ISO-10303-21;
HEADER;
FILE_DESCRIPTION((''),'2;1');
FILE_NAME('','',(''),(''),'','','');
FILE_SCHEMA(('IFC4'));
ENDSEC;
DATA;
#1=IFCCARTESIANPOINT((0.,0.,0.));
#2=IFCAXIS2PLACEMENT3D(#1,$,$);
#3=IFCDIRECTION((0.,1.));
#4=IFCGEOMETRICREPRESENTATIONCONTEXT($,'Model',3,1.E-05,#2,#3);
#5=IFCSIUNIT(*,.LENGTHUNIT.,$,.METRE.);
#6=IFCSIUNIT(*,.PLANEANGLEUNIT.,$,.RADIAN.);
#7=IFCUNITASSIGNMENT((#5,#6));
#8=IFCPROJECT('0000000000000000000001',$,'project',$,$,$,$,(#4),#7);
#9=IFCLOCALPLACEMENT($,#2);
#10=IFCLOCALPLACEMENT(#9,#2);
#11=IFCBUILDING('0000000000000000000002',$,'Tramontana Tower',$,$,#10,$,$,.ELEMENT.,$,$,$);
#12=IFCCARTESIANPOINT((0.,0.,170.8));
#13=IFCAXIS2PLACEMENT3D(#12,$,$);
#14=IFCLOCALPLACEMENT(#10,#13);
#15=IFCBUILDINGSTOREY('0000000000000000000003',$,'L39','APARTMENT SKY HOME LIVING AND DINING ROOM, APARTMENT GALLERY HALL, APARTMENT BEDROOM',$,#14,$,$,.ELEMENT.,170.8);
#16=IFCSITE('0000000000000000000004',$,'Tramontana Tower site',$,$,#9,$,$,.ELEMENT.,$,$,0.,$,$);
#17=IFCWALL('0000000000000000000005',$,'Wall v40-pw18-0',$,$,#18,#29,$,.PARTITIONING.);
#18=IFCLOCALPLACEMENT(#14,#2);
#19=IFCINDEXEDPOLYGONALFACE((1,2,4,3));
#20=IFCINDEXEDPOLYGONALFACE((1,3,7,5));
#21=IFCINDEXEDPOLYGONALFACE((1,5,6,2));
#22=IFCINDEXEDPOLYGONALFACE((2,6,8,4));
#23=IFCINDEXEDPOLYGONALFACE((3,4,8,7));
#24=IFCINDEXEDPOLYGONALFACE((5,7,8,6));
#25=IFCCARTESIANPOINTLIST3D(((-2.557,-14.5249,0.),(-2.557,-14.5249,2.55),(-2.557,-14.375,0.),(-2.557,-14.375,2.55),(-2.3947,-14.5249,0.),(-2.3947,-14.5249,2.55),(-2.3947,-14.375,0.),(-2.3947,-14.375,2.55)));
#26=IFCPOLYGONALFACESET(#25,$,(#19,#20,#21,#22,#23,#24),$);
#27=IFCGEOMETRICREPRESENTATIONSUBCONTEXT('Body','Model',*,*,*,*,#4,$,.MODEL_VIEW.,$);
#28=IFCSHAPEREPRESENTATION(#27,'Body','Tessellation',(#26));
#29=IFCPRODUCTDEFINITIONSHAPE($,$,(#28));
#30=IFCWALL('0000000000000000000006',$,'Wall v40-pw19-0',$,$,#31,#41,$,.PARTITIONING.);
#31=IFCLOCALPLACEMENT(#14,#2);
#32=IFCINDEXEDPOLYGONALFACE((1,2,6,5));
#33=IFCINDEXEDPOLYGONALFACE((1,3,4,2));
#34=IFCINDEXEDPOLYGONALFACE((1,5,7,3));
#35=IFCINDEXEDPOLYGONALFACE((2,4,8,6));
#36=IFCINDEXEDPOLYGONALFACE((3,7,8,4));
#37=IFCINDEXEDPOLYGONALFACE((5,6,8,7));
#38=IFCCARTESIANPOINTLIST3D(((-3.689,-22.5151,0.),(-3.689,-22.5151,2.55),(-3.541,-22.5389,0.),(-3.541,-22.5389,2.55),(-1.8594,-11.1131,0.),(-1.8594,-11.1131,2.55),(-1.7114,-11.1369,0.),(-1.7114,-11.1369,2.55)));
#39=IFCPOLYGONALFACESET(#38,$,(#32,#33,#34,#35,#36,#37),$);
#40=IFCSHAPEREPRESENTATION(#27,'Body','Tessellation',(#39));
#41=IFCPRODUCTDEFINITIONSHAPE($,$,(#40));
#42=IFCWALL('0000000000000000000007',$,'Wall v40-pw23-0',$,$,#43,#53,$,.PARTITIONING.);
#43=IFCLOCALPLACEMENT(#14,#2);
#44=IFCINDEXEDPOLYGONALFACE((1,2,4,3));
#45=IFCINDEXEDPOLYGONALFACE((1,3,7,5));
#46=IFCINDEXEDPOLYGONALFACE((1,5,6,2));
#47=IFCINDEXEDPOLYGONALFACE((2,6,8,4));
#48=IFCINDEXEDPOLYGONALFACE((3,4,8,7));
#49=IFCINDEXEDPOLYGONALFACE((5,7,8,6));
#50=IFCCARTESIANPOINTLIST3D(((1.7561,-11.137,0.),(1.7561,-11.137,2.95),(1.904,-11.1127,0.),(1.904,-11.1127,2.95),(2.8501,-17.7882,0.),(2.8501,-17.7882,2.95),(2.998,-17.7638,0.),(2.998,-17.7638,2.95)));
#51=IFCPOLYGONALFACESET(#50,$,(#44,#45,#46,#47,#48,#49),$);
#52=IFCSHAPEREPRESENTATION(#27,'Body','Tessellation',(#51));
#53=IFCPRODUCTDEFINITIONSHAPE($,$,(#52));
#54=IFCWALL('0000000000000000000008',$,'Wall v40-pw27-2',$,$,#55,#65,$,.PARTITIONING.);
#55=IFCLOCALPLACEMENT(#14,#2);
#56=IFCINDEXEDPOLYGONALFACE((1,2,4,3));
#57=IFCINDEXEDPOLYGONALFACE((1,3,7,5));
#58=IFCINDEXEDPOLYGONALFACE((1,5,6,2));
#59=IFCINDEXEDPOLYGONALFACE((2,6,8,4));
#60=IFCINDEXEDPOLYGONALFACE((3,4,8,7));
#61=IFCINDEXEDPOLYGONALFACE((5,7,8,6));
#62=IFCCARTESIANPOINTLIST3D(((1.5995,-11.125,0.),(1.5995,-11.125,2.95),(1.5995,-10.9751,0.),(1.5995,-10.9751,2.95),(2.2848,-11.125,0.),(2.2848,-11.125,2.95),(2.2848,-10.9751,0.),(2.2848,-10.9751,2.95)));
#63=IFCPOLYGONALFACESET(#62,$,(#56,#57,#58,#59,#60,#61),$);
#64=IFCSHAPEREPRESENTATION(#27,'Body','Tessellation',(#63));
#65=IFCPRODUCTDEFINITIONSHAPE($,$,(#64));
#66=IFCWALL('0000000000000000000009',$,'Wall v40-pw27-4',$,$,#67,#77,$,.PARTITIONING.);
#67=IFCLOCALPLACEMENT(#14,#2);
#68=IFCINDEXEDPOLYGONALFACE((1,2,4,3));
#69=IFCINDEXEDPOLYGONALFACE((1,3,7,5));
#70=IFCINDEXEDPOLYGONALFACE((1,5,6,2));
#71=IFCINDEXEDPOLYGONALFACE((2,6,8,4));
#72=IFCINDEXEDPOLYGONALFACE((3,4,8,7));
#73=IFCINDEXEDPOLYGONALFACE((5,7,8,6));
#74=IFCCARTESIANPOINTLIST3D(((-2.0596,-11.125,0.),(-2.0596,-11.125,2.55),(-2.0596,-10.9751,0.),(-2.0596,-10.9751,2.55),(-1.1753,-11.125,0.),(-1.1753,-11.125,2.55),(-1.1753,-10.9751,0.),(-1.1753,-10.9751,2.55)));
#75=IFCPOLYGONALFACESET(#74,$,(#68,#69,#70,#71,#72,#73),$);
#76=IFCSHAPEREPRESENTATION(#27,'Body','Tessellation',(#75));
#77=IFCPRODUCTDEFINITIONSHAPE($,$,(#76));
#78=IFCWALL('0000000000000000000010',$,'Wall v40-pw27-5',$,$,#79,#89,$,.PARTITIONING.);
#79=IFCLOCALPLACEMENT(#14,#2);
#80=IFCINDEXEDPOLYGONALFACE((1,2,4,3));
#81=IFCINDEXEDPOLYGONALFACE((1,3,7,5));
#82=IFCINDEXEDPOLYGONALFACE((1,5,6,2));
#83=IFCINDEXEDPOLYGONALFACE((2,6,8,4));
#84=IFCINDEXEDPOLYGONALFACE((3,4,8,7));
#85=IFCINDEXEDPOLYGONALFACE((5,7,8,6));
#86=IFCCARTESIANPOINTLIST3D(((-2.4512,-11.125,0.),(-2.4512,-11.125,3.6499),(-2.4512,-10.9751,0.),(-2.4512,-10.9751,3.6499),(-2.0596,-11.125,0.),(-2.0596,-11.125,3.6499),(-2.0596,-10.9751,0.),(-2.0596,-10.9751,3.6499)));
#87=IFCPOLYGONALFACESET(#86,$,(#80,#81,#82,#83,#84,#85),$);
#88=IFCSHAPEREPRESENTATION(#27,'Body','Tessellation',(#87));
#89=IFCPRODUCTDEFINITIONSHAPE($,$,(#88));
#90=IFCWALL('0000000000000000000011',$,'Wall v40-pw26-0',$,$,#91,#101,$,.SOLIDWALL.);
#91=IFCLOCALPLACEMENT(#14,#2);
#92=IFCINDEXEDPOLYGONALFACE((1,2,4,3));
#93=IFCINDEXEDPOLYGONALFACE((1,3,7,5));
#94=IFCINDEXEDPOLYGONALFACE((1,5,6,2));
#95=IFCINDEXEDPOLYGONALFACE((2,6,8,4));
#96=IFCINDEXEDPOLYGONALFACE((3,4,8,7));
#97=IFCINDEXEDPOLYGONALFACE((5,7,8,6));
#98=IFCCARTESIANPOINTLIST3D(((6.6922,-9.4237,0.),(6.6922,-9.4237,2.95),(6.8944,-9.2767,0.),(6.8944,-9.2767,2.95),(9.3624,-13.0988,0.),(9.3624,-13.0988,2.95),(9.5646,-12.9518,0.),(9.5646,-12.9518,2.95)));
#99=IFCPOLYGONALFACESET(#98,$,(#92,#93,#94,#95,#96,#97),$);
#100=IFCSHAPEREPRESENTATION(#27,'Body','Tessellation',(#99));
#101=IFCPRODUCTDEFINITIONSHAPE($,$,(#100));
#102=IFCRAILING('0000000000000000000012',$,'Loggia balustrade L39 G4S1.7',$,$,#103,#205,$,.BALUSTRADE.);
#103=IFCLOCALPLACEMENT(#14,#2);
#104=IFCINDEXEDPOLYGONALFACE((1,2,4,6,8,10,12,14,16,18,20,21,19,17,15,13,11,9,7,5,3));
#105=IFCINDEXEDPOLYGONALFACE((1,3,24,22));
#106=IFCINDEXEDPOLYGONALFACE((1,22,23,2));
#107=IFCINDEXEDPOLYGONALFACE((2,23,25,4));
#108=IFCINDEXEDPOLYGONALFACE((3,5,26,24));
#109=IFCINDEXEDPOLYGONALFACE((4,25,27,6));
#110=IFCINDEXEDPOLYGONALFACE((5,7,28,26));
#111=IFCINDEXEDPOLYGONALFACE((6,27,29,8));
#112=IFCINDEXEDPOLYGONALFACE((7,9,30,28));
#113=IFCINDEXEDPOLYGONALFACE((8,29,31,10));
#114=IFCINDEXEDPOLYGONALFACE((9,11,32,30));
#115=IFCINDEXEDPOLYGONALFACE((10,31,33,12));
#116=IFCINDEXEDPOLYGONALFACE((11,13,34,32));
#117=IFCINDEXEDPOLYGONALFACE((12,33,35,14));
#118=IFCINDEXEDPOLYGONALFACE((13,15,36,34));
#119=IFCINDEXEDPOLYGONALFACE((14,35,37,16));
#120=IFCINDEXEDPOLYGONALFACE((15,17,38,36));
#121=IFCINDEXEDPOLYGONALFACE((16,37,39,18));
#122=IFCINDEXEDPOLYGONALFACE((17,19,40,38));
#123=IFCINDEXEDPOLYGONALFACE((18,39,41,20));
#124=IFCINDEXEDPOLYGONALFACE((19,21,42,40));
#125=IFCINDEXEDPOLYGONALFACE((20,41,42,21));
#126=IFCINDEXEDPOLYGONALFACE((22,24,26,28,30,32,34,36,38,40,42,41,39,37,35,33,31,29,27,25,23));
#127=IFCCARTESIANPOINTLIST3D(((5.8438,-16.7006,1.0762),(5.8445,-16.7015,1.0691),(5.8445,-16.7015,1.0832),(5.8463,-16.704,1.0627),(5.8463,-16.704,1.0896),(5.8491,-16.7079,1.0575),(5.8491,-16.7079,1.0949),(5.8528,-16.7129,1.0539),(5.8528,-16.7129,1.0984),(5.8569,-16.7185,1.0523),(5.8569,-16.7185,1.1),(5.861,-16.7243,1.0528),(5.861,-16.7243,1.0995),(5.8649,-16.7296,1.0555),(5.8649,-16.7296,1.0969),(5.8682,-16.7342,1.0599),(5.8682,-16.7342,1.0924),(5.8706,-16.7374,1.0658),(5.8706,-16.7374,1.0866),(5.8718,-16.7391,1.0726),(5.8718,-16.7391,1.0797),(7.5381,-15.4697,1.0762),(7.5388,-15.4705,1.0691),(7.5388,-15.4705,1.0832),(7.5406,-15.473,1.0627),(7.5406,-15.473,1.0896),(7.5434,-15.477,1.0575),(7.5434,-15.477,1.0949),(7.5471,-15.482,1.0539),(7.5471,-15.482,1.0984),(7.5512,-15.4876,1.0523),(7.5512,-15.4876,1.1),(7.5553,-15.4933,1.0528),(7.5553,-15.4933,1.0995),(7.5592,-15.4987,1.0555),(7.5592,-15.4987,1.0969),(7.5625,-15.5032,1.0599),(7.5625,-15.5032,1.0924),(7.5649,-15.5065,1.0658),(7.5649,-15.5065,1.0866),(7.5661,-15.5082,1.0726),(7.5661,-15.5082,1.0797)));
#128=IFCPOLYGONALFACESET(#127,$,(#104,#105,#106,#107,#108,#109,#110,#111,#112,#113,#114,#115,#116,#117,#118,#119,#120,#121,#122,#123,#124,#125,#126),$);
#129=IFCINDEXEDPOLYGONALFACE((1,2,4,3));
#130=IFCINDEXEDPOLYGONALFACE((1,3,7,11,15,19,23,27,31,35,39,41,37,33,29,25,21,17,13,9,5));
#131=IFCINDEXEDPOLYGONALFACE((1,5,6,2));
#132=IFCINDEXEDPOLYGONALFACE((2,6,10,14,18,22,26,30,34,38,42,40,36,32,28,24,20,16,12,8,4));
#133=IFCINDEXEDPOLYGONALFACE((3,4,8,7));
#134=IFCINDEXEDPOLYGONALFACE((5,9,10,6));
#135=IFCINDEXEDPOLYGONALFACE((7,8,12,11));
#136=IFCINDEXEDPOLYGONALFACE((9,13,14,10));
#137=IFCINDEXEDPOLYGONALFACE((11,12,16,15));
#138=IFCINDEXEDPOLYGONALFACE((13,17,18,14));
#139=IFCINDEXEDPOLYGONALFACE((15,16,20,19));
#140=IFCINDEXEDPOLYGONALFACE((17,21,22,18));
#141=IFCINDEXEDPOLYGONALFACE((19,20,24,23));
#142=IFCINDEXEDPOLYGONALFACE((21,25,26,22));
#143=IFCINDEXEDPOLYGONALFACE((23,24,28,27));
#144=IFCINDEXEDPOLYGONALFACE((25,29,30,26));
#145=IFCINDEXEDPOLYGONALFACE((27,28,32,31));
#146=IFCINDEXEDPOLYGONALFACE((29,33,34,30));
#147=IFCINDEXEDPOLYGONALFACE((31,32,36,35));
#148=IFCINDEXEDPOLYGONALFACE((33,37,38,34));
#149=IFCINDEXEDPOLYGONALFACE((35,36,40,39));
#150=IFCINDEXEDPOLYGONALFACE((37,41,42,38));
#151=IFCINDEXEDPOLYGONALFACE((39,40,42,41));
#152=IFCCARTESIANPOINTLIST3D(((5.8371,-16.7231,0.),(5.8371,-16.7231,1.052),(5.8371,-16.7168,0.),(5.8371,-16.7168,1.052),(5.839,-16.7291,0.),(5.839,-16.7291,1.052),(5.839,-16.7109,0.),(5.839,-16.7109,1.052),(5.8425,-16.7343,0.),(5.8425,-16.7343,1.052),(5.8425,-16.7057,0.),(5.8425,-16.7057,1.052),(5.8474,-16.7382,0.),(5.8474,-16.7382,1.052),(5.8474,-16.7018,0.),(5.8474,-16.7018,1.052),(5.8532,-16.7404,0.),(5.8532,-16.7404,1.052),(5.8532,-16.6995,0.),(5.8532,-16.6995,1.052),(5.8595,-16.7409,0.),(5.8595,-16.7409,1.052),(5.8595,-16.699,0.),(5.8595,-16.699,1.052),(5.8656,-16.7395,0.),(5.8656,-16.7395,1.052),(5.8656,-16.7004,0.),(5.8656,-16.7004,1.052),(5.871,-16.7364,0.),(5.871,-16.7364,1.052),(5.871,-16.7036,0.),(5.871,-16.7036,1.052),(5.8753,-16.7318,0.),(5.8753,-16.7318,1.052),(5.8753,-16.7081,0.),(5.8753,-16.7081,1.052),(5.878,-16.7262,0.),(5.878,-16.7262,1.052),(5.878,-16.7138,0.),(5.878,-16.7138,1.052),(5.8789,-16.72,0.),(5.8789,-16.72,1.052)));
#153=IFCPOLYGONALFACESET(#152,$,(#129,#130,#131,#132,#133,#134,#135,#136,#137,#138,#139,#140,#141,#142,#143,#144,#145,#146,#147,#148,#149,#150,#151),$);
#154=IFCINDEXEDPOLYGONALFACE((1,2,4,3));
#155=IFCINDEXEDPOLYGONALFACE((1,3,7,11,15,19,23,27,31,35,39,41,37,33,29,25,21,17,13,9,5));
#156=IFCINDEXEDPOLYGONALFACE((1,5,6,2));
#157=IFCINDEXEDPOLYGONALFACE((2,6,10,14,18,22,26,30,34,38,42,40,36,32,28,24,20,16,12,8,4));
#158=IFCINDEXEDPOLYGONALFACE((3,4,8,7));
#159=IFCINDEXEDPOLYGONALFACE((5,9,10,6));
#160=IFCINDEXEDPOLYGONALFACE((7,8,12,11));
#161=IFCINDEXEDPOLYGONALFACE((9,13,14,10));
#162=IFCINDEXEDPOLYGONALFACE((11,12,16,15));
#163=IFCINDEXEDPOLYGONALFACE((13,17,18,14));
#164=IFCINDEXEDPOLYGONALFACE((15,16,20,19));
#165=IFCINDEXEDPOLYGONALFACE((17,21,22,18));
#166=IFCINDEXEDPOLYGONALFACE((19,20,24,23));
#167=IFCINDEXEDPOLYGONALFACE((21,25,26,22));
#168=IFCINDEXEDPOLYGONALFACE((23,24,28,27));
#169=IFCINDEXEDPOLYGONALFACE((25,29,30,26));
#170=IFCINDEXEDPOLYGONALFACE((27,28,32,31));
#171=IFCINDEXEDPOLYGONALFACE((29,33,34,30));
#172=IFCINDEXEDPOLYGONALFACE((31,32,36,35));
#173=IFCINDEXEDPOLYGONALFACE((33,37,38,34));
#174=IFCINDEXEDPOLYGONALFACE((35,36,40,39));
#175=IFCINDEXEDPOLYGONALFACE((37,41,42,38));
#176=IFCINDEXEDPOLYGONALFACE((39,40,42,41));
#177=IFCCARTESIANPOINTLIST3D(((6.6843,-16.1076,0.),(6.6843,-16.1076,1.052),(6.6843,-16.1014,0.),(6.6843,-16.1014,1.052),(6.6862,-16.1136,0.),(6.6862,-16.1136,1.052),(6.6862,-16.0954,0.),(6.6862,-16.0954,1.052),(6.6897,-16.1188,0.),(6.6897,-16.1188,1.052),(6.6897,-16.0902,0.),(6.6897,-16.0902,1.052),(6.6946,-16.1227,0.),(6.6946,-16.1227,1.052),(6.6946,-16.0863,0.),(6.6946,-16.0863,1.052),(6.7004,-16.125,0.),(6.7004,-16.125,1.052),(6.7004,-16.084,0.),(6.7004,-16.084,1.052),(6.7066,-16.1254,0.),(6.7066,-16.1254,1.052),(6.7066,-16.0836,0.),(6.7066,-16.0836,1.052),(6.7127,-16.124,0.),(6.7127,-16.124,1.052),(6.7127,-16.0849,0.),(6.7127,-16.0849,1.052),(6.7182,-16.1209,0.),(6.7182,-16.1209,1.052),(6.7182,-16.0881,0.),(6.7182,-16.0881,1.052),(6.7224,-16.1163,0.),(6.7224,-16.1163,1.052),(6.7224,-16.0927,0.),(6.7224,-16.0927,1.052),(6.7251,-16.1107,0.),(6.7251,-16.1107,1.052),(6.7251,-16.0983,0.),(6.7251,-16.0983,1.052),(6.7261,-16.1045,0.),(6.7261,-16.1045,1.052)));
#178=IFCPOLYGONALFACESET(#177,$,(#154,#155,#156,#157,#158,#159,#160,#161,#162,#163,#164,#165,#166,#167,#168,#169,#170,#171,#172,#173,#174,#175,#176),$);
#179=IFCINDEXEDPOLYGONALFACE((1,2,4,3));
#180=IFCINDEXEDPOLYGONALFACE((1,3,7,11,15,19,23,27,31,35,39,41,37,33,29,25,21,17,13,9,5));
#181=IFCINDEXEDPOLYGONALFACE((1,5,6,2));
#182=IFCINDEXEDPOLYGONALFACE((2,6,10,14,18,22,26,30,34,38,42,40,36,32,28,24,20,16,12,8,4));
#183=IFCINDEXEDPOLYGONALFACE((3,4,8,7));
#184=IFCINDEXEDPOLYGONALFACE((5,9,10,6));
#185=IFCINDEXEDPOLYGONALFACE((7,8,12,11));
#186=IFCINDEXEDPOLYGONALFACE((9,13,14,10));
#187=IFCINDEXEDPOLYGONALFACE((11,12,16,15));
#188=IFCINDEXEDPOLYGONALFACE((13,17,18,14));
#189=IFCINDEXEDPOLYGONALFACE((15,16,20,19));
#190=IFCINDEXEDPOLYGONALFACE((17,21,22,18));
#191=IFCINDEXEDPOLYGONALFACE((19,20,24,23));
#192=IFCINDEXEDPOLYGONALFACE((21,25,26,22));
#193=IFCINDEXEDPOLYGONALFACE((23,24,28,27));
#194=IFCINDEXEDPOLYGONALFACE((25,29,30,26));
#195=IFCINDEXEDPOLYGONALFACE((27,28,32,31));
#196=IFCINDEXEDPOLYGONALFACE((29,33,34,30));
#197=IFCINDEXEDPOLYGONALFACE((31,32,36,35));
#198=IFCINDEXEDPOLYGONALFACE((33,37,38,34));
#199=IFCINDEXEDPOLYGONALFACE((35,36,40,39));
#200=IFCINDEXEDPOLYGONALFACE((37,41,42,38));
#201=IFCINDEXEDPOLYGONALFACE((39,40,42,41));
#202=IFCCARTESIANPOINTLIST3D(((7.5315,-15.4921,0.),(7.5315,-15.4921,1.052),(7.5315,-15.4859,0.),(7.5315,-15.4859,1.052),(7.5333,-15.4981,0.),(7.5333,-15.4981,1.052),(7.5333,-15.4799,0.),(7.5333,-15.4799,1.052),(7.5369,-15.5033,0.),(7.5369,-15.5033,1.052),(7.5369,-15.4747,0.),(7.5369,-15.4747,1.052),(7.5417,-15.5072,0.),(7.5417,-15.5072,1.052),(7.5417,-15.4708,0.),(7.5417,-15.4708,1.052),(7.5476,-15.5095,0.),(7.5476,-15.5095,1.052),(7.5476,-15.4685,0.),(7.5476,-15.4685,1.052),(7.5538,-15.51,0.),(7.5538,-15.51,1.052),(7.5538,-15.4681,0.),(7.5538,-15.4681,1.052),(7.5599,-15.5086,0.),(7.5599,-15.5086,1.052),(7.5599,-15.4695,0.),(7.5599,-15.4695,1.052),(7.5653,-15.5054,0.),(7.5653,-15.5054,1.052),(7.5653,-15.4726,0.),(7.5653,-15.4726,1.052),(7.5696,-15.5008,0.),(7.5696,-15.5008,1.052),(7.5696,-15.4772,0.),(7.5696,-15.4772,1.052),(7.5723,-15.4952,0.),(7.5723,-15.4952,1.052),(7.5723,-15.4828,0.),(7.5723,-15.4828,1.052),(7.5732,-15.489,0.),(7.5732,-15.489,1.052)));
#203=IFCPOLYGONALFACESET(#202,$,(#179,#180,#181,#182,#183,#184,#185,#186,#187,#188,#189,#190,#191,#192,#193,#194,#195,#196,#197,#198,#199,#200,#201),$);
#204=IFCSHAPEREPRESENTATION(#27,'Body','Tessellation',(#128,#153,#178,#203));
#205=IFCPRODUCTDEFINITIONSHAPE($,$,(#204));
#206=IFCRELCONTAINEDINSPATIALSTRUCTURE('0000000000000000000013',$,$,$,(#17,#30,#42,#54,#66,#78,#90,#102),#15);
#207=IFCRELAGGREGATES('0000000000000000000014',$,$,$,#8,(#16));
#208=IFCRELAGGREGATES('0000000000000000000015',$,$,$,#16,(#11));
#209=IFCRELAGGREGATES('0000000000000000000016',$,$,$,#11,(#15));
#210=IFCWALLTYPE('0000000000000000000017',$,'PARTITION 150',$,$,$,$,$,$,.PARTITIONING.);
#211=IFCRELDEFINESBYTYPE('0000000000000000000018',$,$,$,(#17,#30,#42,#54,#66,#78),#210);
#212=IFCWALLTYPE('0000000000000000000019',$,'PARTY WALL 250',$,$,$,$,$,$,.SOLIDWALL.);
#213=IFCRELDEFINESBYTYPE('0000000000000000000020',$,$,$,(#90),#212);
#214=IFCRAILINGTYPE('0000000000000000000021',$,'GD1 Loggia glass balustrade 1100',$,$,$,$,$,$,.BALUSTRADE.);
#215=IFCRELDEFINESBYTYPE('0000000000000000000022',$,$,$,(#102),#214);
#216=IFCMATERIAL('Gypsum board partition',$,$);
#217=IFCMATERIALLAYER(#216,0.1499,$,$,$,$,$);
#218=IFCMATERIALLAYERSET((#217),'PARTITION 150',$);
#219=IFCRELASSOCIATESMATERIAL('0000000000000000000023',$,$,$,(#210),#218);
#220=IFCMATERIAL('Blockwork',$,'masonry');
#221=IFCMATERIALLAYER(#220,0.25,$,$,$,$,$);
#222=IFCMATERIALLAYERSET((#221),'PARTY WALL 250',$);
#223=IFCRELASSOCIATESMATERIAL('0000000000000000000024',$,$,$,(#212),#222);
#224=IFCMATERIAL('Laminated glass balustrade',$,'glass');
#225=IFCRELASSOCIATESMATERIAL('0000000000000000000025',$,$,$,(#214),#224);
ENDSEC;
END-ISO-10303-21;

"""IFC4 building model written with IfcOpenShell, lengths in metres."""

from ifc_helpers import new_model, si_unit, direction, frame, frame_2d, origin, origin_2d, place, context, subcontext, project, spatial, rectangle, circle, extrude, material, layer, layer_set, type_object, element, save


model = new_model("IFC4")

# Units and contexts
model_context = context("Model", 3, precision=1e-05, world=origin(), true_north=direction((0.0, 1.0)))
body_context = subcontext(model_context, "Body", "Model", "MODEL_VIEW")
ifc_project = project(units=[si_unit("LENGTHUNIT", "METRE"), si_unit("PLANEANGLEUNIT", "RADIAN")], contexts=[model_context])

# Site, building, storey
site_placement = place(None, origin())
site = spatial("IfcSite", under=ifc_project, at=site_placement, Name="Tramontana Tower site", CompositionType="ELEMENT", RefElevation=0.0)
building_placement = place(site_placement, origin())
building = spatial("IfcBuilding", under=site, at=building_placement, Name="Tramontana Tower", CompositionType="ELEMENT")
storey_placement = place(building_placement, frame((0.0, 0.0, 170.8)))
storey = spatial("IfcBuildingStorey", under=building, at=storey_placement, Name="L39", Description="APARTMENT SKY HOME LIVING AND DINING ROOM, APARTMENT GALLERY HALL, APARTMENT BEDROOM", CompositionType="ELEMENT", Elevation=170.8)

# Shared definitions
ifc_material_1 = material(Name="Gypsum board partition")
ifc_layer_1 = layer(ifc_material_1, 0.1499)
ifc_layer_set_1 = layer_set([ifc_layer_1], Name="PARTITION 150")
wall_type_1 = type_object("IfcWallType", Name="PARTITION 150", PredefinedType="PARTITIONING", material=ifc_layer_set_1)

# Walls
wall_1_placement = place(storey_placement, frame((-2.3948, -14.45, 0.0), z_axis=(0.0, 0.0, 1.0), x_axis=(-1.0, 0.0, 0.0)))
element("IfcWall", 1, at=wall_1_placement, inside=storey, type_object=wall_type_1, Name="Wall v40-pw18-0", PredefinedType="PARTITIONING", context=body_context, shape_type="SweptSolid", body=[
    extrude(rectangle(XDim=0.1624, YDim=0.1499, at=frame_2d((0.0811, 0.0))), origin(), (0.0, 0.0, 1.0), 2.55),
])
wall_2_placement = place(storey_placement, frame((-1.7854, -11.125, 0.0), z_axis=(0.0, 0.0, 1.0), x_axis=(-0.158434, -0.98737, 0.0)))
element("IfcWall", 2, at=wall_2_placement, inside=storey, type_object=wall_type_1, Name="Wall v40-pw19-0", PredefinedType="PARTITIONING", context=body_context, shape_type="SweptSolid", body=[
    extrude(rectangle(XDim=11.5479, YDim=0.1499, at=frame_2d((5.7739, 0.0))), origin(), (0.0, 0.0, 1.0), 2.55),
])
wall_3_placement = place(storey_placement, frame((1.8301, -11.125, 0.0), z_axis=(0.0, 0.0, 1.0), x_axis=(0.162302, -0.986741, 0.0)))
element("IfcWall", 3, at=wall_3_placement, inside=storey, type_object=wall_type_1, Name="Wall v40-pw23-0", PredefinedType="PARTITIONING", context=body_context, shape_type="SweptSolid", body=[
    extrude(rectangle(XDim=6.7405, YDim=0.1499, at=frame_2d((3.3701, 0.0))), origin(), (0.0, 0.0, 1.0), 2.95),
])
wall_4_placement = place(storey_placement, frame((2.2849, -11.05, 0.0), z_axis=(0.0, 0.0, 1.0), x_axis=(-1.0, 0.0, 0.0)))
element("IfcWall", 4, at=wall_4_placement, inside=storey, type_object=wall_type_1, Name="Wall v40-pw27-2", PredefinedType="PARTITIONING", context=body_context, shape_type="SweptSolid", body=[
    extrude(rectangle(XDim=0.6853, YDim=0.1499, at=frame_2d((0.3428, 0.0))), origin(), (0.0, 0.0, 1.0), 2.95),
])

# Walls
wall_5_placement = place(storey_placement, frame((-1.1753, -11.05, 0.0), z_axis=(0.0, 0.0, 1.0), x_axis=(-1.0, 0.0, 0.0)))
element("IfcWall", 5, at=wall_5_placement, inside=storey, type_object=wall_type_1, Name="Wall v40-pw27-4", PredefinedType="PARTITIONING", context=body_context, shape_type="SweptSolid", body=[
    extrude(rectangle(XDim=0.8843, YDim=0.1499, at=frame_2d((0.4421, 0.0))), origin(), (0.0, 0.0, 1.0), 2.55),
])
wall_6_placement = place(storey_placement, frame((-2.0596, -11.05, 0.0), z_axis=(0.0, 0.0, 1.0), x_axis=(-1.0, 0.0, 0.0)))
element("IfcWall", 6, at=wall_6_placement, inside=storey, type_object=wall_type_1, Name="Wall v40-pw27-5", PredefinedType="PARTITIONING", context=body_context, shape_type="SweptSolid", body=[
    extrude(rectangle(XDim=0.3916, YDim=0.1499, at=frame_2d((0.1958, 0.0))), origin(), (0.0, 0.0, 1.0), 3.6499),
])
ifc_material_2 = material(Name="Blockwork", Category="masonry")
ifc_layer_2 = layer(ifc_material_2, 0.25)
ifc_layer_set_2 = layer_set([ifc_layer_2], Name="PARTY WALL 250")
wall_type_2 = type_object("IfcWallType", Name="PARTY WALL 250", PredefinedType="SOLIDWALL", material=ifc_layer_set_2)
wall_7_placement = place(storey_placement, frame((6.7932, -9.3501, 0.0), z_axis=(0.0, 0.0, 1.0), x_axis=(0.587798, -0.809008, 0.0)))
element("IfcWall", 7, at=wall_7_placement, inside=storey, type_object=wall_type_2, Name="Wall v40-pw26-0", PredefinedType="SOLIDWALL", context=body_context, shape_type="SweptSolid", body=[
    extrude(rectangle(XDim=4.5427, YDim=0.25, at=frame_2d((2.2715, 0.0))), origin(), (0.0, 0.0, 1.0), 2.95),
])

# Railing
ifc_material_3 = material(Name="Laminated glass balustrade", Category="glass")
railing_type = type_object("IfcRailingType", Name="GD1 Loggia glass balustrade 1100", PredefinedType="BALUSTRADE", material=ifc_material_3)
railing_placement = place(storey_placement, frame((5.8579, -16.72, 0.0)))
element("IfcRailing", 8, at=railing_placement, inside=storey, type_object=railing_type, Name="Loggia balustrade L39 G4S1.7", PredefinedType="BALUSTRADE", context=body_context, shape_type="SweptSolid", body=[
    extrude(circle(Radius=0.0239, at=origin_2d()), frame((0.0, 0.0, 1.0762), z_axis=(0.809028, 0.58777, 0.0), x_axis=(-0.58777, 0.809028, 0.0)), (0.0, 0.0, 1.0), 2.0942),
    extrude(circle(Radius=0.021, at=origin_2d()), origin(), (0.0, 0.0, 1.0), 1.052),
    extrude(circle(Radius=0.021, at=origin_2d()), frame((0.8472, 0.6155, 0.0)), (0.0, 0.0, 1.0), 1.052),
    extrude(circle(Radius=0.021, at=origin_2d()), frame((1.6943, 1.231, 0.0)), (0.0, 0.0, 1.0), 1.052),
])

save(model, "model.ifc")
